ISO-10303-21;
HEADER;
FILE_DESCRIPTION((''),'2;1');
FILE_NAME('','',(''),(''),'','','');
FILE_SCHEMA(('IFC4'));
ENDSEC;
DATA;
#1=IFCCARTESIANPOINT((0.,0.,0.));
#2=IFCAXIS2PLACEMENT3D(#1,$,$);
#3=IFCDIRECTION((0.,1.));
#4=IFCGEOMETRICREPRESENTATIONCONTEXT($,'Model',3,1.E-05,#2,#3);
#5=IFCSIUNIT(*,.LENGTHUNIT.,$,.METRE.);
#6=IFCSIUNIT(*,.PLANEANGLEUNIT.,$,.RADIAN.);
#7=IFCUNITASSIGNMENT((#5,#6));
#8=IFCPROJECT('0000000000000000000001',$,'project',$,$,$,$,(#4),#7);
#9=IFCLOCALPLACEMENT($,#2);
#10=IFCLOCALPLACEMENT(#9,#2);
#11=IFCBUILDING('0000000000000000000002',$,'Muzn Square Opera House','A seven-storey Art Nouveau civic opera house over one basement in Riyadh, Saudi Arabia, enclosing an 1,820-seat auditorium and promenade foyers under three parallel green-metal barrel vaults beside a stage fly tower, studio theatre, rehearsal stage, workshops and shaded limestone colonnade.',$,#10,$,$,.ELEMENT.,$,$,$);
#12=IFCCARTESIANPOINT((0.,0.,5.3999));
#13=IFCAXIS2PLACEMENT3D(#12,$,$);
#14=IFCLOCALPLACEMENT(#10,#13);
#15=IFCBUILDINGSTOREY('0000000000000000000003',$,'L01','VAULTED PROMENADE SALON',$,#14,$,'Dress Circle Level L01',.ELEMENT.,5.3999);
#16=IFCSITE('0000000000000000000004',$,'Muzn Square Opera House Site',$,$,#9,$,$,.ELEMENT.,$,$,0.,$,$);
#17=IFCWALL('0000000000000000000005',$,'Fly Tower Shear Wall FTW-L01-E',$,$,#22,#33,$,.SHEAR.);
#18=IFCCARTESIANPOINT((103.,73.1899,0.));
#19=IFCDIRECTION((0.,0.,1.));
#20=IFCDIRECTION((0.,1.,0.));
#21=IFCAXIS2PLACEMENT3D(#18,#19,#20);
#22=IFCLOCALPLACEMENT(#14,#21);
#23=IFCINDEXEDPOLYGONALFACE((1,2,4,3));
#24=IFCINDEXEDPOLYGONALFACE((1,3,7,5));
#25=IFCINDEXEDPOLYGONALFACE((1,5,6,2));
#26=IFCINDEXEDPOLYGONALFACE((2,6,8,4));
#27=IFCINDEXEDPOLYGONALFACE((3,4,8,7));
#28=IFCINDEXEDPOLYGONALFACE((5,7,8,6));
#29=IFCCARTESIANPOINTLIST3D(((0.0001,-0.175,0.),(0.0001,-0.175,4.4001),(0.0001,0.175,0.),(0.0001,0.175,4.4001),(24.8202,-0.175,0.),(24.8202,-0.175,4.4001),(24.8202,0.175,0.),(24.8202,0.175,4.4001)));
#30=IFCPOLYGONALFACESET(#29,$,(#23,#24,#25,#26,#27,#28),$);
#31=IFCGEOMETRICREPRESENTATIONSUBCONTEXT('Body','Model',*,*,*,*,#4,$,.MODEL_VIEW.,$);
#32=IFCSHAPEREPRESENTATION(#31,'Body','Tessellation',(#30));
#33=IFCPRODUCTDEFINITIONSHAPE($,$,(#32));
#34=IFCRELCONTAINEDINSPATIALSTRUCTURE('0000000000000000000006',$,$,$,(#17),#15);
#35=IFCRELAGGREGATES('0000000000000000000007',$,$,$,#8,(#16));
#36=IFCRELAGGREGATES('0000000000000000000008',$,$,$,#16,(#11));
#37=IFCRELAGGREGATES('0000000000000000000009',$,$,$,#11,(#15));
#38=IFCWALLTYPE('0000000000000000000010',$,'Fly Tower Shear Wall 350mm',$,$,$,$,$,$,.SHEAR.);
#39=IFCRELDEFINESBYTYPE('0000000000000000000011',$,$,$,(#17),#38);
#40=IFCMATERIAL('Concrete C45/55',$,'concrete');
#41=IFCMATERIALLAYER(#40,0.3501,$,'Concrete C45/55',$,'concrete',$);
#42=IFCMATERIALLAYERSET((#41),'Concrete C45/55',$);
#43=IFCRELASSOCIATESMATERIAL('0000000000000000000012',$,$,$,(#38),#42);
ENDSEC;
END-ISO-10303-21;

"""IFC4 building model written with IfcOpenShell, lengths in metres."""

from ifc_helpers import new_model, si_unit, direction, frame, frame_2d, origin, place, context, subcontext, project, spatial, rectangle, extrude, material, layer, layer_set, type_object, element, save


model = new_model("IFC4")

# Units and contexts
model_context = context("Model", 3, precision=1e-05, world=origin(), true_north=direction((0.0, 1.0)))
body_context = subcontext(model_context, "Body", "Model", "MODEL_VIEW")
ifc_project = project(units=[si_unit("LENGTHUNIT", "METRE"), si_unit("PLANEANGLEUNIT", "RADIAN")], contexts=[model_context])

# Site, building, storey
site_placement = place(None, origin())
site = spatial("IfcSite", under=ifc_project, at=site_placement, Name="Muzn Square Opera House Site", CompositionType="ELEMENT", RefElevation=0.0)
building_placement = place(site_placement, origin())
building = spatial("IfcBuilding", under=site, at=building_placement, Name="Muzn Square Opera House", Description="A seven-storey Art Nouveau civic opera house over one basement in Riyadh, Saudi Arabia, enclosing an 1,820-seat auditorium and promenade foyers under three parallel green-metal barrel vaults beside a stage fly tower, studio theatre, rehearsal stage, workshops and shaded limestone colonnade.", CompositionType="ELEMENT")
storey_placement = place(building_placement, frame((0.0, 0.0, 5.3999)))
storey = spatial("IfcBuildingStorey", under=building, at=storey_placement, Name="L01", Description="VAULTED PROMENADE SALON", LongName="Dress Circle Level L01", CompositionType="ELEMENT", Elevation=5.3999)

# Shared definitions
ifc_material_1 = material(Name="Concrete C45/55", Category="concrete")

# Wall
ifc_layer_1 = layer(ifc_material_1, 0.3501, Name="Concrete C45/55", Category="concrete")
ifc_layer_set_1 = layer_set([ifc_layer_1], Name="Concrete C45/55")
wall_type_1 = type_object("IfcWallType", Name="Fly Tower Shear Wall 350mm", PredefinedType="SHEAR", material=ifc_layer_set_1)
wall_1_placement = place(storey_placement, frame((103.0, 73.1899, 0.0), z_axis=(0.0, 0.0, 1.0), x_axis=(0.0, 1.0, 0.0)))
element("IfcWall", 1, at=wall_1_placement, inside=storey, type_object=wall_type_1, Name="Fly Tower Shear Wall FTW-L01-E", PredefinedType="SHEAR", context=body_context, shape_type="SweptSolid", body=[
    extrude(rectangle(XDim=24.8201, YDim=0.3501, at=frame_2d((12.4102, 0.0))), origin(), (0.0, 0.0, 1.0), 4.4001),
])

save(model, "model.ifc")
